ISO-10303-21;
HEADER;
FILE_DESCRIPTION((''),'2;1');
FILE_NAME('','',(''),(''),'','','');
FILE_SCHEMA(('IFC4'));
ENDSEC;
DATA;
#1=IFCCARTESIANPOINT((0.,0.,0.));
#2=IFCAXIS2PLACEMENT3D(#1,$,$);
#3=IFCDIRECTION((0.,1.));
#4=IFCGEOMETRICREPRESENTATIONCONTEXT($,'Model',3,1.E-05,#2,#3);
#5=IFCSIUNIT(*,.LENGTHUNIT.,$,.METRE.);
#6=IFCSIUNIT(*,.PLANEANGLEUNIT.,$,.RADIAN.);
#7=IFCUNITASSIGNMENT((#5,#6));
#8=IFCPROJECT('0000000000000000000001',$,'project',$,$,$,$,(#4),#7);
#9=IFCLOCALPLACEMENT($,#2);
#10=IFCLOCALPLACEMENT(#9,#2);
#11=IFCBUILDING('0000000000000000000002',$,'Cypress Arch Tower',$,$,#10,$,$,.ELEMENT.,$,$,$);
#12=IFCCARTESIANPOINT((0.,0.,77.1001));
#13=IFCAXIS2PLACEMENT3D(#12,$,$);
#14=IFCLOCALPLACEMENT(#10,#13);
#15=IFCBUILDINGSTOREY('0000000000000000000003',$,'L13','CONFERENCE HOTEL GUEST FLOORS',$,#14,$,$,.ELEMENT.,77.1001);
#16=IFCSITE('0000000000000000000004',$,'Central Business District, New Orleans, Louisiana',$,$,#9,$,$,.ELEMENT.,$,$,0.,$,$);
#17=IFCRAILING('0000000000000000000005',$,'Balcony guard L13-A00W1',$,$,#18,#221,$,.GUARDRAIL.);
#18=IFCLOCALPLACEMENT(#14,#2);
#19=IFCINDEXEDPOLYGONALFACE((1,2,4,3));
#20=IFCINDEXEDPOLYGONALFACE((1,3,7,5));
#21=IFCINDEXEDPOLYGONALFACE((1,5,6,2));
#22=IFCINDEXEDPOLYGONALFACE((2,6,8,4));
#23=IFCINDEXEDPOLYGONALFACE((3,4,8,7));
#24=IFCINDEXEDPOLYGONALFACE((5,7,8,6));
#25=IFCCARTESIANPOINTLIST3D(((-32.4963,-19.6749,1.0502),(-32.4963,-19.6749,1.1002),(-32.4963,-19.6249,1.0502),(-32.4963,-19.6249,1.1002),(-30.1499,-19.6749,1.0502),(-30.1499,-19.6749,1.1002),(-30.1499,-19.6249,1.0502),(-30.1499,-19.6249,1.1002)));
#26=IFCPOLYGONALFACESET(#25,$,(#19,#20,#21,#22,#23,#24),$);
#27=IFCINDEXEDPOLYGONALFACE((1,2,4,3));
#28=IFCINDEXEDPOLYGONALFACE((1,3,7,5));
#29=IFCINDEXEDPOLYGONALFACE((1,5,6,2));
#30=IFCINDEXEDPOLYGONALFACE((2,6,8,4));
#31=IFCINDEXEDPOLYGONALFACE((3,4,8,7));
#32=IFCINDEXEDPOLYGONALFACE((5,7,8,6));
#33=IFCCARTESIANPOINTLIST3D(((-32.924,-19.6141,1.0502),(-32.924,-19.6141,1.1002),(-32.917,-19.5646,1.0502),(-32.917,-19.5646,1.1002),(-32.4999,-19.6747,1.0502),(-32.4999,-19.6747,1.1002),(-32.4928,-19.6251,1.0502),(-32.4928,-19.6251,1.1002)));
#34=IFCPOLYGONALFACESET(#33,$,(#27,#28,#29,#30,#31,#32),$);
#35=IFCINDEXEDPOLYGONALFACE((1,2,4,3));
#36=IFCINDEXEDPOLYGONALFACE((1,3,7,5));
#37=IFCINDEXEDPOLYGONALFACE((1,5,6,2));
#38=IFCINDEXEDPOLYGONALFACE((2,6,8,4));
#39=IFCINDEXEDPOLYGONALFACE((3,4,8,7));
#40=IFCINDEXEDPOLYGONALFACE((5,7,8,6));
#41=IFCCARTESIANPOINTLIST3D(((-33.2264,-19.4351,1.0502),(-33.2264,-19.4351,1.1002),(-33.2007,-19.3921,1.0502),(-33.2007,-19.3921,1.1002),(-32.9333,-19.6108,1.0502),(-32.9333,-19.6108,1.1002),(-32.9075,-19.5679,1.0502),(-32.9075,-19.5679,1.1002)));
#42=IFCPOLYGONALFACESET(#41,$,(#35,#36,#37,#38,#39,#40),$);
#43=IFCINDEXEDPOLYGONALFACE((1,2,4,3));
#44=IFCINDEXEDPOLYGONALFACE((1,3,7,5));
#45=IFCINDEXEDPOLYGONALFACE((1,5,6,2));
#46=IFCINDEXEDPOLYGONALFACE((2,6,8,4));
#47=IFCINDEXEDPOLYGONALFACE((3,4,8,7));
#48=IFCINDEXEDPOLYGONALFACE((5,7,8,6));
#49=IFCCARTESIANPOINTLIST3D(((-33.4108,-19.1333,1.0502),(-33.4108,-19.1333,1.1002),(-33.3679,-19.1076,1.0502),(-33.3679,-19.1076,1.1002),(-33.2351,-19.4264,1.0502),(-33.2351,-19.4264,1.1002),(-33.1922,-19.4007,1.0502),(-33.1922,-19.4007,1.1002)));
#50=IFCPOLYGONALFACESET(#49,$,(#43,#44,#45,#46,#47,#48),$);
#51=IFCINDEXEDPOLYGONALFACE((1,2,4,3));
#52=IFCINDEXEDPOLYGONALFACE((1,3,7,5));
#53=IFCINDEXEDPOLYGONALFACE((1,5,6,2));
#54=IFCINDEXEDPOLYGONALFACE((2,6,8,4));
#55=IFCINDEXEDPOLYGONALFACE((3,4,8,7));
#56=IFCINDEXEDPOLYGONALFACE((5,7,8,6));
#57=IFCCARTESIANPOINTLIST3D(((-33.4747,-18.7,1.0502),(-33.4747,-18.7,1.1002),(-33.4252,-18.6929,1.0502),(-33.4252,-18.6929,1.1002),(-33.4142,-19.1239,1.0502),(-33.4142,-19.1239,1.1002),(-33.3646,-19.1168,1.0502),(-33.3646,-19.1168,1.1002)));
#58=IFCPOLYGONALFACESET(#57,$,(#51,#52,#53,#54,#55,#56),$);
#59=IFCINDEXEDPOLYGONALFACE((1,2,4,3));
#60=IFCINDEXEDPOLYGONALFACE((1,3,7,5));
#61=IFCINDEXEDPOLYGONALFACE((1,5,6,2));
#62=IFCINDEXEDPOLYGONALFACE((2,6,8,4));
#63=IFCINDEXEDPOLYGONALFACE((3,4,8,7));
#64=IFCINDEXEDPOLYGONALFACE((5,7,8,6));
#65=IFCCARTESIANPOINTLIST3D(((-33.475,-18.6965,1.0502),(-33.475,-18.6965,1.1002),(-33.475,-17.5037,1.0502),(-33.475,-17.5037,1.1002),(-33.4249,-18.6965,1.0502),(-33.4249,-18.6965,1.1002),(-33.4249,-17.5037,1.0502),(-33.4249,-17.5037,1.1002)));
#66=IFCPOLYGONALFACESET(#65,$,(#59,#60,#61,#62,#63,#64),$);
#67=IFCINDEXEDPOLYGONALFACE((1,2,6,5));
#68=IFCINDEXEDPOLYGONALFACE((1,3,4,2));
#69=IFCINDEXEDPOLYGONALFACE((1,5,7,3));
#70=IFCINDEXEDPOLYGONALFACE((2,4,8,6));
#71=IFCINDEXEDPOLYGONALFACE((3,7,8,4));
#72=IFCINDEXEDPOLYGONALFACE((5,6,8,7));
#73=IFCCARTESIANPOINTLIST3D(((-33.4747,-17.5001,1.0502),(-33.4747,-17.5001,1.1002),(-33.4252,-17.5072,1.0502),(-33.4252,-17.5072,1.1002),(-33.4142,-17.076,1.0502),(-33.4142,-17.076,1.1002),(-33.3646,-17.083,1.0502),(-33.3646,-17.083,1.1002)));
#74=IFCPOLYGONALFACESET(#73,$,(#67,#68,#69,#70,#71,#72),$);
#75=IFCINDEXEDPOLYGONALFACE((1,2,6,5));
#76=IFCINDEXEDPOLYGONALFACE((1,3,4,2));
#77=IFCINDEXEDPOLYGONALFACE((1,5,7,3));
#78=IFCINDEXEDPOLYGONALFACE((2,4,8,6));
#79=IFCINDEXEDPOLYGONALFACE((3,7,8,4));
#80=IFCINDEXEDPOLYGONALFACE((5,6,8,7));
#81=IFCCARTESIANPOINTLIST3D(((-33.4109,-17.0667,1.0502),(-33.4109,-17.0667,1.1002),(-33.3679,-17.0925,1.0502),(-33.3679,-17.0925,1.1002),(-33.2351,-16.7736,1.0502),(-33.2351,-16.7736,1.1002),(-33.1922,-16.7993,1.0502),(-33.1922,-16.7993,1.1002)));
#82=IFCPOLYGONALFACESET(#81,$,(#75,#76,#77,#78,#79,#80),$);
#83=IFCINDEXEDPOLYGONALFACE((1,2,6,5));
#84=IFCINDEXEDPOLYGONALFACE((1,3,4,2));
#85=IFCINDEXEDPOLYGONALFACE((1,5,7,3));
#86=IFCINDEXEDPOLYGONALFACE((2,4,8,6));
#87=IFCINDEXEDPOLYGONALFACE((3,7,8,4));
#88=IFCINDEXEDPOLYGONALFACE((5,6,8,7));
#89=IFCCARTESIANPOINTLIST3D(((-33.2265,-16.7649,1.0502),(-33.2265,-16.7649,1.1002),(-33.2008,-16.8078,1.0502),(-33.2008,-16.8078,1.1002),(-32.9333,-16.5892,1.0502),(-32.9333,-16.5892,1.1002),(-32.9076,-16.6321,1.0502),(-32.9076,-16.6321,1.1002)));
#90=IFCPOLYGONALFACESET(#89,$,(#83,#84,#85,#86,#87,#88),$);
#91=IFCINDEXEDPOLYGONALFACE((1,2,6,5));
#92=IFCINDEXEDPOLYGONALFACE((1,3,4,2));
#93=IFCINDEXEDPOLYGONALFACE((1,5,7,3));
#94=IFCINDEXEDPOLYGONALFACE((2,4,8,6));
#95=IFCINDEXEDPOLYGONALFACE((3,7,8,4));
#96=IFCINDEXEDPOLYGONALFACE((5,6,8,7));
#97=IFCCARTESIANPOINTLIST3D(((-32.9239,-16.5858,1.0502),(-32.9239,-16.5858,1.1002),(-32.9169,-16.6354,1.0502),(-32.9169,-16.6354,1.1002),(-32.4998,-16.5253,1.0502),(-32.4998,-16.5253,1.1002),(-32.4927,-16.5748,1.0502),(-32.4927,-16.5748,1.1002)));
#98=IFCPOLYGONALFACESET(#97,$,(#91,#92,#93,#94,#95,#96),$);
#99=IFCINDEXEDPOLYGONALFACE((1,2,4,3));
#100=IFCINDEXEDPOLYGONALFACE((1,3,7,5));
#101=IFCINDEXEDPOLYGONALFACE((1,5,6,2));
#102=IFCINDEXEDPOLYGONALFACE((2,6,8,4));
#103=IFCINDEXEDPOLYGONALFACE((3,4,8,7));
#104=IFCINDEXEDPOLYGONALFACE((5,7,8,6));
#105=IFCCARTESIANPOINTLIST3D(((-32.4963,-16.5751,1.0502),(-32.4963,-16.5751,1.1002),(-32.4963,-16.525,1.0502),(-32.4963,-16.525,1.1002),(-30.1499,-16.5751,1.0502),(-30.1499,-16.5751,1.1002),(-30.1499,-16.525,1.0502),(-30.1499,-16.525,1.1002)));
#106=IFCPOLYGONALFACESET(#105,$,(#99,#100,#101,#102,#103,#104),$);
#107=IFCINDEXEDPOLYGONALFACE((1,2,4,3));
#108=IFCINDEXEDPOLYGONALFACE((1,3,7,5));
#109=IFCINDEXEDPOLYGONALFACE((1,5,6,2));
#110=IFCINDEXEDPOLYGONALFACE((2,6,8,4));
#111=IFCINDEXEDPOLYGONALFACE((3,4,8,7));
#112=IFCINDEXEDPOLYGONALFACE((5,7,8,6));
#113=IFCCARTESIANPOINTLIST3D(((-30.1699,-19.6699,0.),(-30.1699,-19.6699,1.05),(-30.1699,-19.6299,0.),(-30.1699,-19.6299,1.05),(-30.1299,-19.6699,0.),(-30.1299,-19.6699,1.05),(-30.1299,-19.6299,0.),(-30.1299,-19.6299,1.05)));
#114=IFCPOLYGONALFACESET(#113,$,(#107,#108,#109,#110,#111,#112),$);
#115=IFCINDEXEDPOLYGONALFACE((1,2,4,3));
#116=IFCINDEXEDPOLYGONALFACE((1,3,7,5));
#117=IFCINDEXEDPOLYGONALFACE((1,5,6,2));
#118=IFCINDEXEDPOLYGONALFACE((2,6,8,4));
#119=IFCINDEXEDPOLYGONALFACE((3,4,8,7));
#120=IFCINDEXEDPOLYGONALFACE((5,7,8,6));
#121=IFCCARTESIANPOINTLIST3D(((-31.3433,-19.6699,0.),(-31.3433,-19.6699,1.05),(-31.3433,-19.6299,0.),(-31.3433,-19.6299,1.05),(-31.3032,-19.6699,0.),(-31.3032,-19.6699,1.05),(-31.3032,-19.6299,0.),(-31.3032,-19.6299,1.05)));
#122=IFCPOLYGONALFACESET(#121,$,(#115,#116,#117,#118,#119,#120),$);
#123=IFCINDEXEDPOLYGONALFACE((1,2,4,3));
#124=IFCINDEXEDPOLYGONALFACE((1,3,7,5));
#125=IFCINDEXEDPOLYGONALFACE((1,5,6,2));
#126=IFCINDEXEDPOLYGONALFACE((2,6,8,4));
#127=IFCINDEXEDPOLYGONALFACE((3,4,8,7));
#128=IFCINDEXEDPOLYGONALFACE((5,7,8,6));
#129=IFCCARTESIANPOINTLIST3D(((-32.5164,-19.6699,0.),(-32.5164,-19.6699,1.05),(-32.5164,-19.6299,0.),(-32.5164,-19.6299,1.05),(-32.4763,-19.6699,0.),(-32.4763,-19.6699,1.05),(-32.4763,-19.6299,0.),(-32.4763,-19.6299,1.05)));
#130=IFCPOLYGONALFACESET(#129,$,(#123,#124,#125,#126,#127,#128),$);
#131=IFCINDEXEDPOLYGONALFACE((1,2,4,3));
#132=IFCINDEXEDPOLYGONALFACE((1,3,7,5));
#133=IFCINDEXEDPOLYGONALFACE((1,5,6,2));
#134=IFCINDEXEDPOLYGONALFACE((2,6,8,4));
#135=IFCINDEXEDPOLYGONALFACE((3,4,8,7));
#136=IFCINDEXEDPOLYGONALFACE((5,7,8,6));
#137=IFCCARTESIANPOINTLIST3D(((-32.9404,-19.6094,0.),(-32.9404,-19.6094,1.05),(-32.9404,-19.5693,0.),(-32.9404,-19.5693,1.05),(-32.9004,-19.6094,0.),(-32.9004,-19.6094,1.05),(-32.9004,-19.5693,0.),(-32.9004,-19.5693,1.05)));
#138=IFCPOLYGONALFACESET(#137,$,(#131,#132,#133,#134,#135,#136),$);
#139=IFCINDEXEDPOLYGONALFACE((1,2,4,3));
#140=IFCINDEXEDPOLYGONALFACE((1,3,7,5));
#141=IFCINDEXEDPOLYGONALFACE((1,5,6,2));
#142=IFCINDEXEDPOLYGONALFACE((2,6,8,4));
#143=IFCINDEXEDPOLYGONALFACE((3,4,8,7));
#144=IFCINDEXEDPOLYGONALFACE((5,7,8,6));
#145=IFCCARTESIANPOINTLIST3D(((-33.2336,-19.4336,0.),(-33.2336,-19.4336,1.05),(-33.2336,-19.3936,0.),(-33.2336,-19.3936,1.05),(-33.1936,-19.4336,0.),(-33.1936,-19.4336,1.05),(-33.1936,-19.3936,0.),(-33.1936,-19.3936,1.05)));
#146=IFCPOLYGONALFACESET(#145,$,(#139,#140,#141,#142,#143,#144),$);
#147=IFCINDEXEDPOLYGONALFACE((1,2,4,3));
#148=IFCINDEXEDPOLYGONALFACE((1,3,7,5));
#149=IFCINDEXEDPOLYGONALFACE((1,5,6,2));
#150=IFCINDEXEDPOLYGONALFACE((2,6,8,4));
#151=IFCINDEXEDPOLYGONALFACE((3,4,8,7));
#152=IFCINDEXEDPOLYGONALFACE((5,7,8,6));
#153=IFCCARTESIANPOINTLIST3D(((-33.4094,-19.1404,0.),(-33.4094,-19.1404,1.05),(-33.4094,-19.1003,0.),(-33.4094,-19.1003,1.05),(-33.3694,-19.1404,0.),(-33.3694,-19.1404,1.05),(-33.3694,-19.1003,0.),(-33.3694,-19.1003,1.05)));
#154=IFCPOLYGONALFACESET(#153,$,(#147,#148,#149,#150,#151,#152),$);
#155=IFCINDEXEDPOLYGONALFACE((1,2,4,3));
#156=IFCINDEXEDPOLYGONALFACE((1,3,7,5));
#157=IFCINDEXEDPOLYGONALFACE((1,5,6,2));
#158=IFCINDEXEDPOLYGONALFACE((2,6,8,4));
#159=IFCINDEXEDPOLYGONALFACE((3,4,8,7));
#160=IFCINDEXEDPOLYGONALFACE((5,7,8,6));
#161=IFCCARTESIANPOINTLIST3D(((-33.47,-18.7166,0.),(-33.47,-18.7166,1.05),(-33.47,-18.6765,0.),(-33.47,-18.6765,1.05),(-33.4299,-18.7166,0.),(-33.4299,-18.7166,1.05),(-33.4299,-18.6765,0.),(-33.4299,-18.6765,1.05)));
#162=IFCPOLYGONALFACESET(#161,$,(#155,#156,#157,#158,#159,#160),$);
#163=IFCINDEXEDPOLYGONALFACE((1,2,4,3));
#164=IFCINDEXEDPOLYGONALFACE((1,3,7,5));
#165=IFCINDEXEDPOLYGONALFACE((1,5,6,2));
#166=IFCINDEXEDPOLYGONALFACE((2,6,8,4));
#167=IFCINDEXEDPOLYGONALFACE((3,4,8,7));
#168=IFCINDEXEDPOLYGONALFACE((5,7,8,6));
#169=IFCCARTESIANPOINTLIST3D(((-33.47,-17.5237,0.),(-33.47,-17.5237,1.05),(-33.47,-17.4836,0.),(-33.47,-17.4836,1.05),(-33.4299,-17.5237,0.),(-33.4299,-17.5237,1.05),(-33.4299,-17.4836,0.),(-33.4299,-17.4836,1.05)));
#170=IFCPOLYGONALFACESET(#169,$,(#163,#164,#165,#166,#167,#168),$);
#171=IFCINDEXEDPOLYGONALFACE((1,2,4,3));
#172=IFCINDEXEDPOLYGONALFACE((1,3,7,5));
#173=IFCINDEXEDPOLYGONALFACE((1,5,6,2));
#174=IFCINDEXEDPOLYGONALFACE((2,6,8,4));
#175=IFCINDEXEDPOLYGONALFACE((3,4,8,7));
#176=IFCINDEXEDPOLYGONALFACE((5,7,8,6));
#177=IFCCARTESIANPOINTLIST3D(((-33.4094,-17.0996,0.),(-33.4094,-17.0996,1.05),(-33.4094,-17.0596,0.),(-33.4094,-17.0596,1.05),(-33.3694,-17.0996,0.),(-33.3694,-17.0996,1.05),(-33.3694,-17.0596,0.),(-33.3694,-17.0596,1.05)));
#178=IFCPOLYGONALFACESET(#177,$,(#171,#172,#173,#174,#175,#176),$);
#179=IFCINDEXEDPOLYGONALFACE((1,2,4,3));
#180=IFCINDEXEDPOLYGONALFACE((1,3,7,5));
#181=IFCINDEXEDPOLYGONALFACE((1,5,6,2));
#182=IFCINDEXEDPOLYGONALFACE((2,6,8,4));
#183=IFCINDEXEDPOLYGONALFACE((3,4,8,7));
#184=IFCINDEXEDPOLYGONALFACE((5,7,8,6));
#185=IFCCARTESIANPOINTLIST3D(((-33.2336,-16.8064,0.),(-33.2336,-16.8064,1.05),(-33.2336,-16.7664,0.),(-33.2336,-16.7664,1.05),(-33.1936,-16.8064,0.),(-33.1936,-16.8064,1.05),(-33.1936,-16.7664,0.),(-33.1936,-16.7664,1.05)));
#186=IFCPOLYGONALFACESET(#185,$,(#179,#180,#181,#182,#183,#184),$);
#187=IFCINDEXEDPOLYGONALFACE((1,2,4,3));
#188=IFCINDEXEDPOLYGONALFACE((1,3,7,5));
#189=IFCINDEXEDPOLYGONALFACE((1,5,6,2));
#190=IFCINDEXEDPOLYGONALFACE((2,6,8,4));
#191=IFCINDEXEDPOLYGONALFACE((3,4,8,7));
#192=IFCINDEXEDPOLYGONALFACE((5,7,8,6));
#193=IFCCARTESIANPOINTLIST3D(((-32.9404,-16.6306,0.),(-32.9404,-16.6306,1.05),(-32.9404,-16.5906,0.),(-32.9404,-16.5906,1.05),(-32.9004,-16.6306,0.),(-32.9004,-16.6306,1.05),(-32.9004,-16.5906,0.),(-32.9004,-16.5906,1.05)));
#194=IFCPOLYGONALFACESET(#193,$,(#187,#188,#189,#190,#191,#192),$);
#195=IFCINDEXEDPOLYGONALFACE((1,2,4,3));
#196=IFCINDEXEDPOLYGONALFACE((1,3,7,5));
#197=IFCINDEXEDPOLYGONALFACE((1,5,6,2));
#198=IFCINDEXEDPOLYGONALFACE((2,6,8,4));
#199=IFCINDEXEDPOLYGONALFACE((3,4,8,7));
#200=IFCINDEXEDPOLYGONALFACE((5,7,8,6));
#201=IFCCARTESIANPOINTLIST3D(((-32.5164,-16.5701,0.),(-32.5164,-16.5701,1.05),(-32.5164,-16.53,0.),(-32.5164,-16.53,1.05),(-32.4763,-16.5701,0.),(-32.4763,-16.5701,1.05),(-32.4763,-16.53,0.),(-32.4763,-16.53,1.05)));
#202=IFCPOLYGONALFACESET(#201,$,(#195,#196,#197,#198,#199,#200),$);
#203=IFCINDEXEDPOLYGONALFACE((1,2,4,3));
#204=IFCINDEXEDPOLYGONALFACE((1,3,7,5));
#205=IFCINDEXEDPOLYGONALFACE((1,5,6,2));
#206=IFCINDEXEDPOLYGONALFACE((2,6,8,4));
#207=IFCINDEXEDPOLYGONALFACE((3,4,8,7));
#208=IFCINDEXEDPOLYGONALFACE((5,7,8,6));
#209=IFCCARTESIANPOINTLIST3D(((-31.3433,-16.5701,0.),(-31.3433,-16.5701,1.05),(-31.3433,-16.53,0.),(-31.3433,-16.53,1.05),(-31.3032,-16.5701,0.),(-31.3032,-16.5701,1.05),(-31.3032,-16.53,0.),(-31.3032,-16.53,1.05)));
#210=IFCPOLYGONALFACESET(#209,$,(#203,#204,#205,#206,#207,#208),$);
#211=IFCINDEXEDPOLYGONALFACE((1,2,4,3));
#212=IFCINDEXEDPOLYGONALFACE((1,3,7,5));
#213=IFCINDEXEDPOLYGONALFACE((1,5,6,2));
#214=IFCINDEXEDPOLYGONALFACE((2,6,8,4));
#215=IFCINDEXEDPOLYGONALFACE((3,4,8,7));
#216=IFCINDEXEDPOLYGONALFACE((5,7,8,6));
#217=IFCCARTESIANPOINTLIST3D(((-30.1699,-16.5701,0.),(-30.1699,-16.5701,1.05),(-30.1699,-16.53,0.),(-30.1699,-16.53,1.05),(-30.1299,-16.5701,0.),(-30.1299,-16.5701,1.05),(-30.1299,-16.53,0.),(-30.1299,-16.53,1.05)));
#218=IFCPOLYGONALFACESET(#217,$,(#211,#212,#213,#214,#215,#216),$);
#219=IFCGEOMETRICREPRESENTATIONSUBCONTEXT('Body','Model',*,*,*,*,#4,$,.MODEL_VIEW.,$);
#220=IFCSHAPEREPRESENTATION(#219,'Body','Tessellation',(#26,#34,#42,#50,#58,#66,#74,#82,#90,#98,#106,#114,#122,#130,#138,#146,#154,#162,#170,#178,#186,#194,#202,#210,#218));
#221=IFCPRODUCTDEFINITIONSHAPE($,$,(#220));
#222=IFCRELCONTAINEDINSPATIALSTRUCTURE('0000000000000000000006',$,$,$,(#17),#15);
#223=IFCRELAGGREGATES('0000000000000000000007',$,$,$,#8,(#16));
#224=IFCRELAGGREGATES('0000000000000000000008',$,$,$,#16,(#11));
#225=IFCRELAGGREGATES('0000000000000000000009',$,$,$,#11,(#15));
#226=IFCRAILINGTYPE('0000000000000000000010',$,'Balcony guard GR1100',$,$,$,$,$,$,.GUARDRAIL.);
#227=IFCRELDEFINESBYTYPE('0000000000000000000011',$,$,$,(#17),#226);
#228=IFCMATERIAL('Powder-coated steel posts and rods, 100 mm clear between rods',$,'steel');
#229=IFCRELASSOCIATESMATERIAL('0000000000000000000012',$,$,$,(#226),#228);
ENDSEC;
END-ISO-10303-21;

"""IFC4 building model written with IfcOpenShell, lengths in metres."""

from ifc_helpers import new_model, si_unit, direction, frame, origin, origin_2d, place, context, subcontext, project, spatial, rectangle, extrude, material, type_object, element, save


model = new_model("IFC4")

# Units and contexts
model_context = context("Model", 3, precision=1e-05, world=origin(), true_north=direction((0.0, 1.0)))
body_context = subcontext(model_context, "Body", "Model", "MODEL_VIEW")
ifc_project = project(units=[si_unit("LENGTHUNIT", "METRE"), si_unit("PLANEANGLEUNIT", "RADIAN")], contexts=[model_context])

# Site, building, storey
site_placement = place(None, origin())
site = spatial("IfcSite", under=ifc_project, at=site_placement, Name="Central Business District, New Orleans, Louisiana", CompositionType="ELEMENT", RefElevation=0.0)
building_placement = place(site_placement, origin())
building = spatial("IfcBuilding", under=site, at=building_placement, Name="Cypress Arch Tower", CompositionType="ELEMENT")
storey_placement = place(building_placement, frame((0.0, 0.0, 77.1001)))
storey = spatial("IfcBuildingStorey", under=building, at=storey_placement, Name="L13", Description="CONFERENCE HOTEL GUEST FLOORS", CompositionType="ELEMENT", Elevation=77.1001)

# Railing
ifc_material_1 = material(Name="Powder-coated steel posts and rods, 100 mm clear between rods", Category="steel")
railing_type = type_object("IfcRailingType", Name="Balcony guard GR1100", PredefinedType="GUARDRAIL", material=ifc_material_1)
railing_placement = place(storey_placement, frame((-30.1499, -19.6499, 0.0)))
element("IfcRailing", 1, at=railing_placement, inside=storey, type_object=railing_type, Name="Balcony guard L13-A00W1", PredefinedType="GUARDRAIL", context=body_context, shape_type="SweptSolid", body=[
    extrude(rectangle(XDim=0.05, YDim=0.05, at=origin_2d()), frame((0.0, 0.0, 1.0752), z_axis=(-1.0, 0.0, 0.0), x_axis=(0.0, -1.0, 0.0)), (0.0, 0.0, 1.0), 2.3464),
    extrude(rectangle(XDim=0.05, YDim=0.05, at=origin_2d()), frame((-2.3464, 0.0, 1.0752), z_axis=(-0.989961, 0.141342, 0.0), x_axis=(-0.141342, -0.989961, 0.0)), (0.0, 0.0, 1.0), 0.4285),
    extrude(rectangle(XDim=0.05, YDim=0.05, at=origin_2d()), frame((-2.7705, 0.0605, 1.0752), z_axis=(-0.857682, 0.514181, 0.0), x_axis=(-0.514181, -0.857682, 0.0)), (0.0, 0.0, 1.0), 0.3418),
    extrude(rectangle(XDim=0.05, YDim=0.05, at=origin_2d()), frame((-3.0637, 0.2363, 1.0752), z_axis=(-0.514181, 0.857682, 0.0), x_axis=(-0.857682, -0.514181, 0.0)), (0.0, 0.0, 1.0), 0.3418),
    extrude(rectangle(XDim=0.05, YDim=0.05, at=origin_2d()), frame((-3.2395, 0.5295, 1.0752), z_axis=(-0.141421, 0.989949, 0.0), x_axis=(-0.989949, -0.141421, 0.0)), (0.0, 0.0, 1.0), 0.4282),
    extrude(rectangle(XDim=0.05, YDim=0.05, at=origin_2d()), frame((-3.3, 0.9534, 1.0752), z_axis=(0.0, 1.0, 0.0), x_axis=(-1.0, 0.0, 0.0)), (0.0, 0.0, 1.0), 1.1929),
    extrude(rectangle(XDim=0.05, YDim=0.05, at=origin_2d()), frame((-3.3, 2.1462, 1.0752), z_axis=(0.141342, 0.989961, 0.0), x_axis=(-0.989961, 0.141342, 0.0)), (0.0, 0.0, 1.0), 0.4285),
    extrude(rectangle(XDim=0.05, YDim=0.05, at=origin_2d()), frame((-3.2395, 2.5703, 1.0752), z_axis=(0.514181, 0.857682, 0.0), x_axis=(-0.857682, 0.514181, 0.0)), (0.0, 0.0, 1.0), 0.3418),
    extrude(rectangle(XDim=0.05, YDim=0.05, at=origin_2d()), frame((-3.0637, 2.8635, 1.0752), z_axis=(0.857682, 0.514181, 0.0), x_axis=(-0.514181, 0.857682, 0.0)), (0.0, 0.0, 1.0), 0.3418),
    extrude(rectangle(XDim=0.05, YDim=0.05, at=origin_2d()), frame((-2.7705, 3.0393, 1.0752), z_axis=(0.989961, 0.141342, 0.0), x_axis=(-0.141342, 0.989961, 0.0)), (0.0, 0.0, 1.0), 0.4285),
    extrude(rectangle(XDim=0.05, YDim=0.05, at=origin_2d()), frame((-2.3464, 3.0999, 1.0752), z_axis=(1.0, 0.0, 0.0), x_axis=(0.0, 1.0, 0.0)), (0.0, 0.0, 1.0), 2.3464),
    extrude(rectangle(XDim=0.04, YDim=0.04, at=origin_2d()), origin(), (0.0, 0.0, 1.0), 1.05),
    extrude(rectangle(XDim=0.04, YDim=0.04, at=origin_2d()), frame((-1.1733, 0.0, 0.0)), (0.0, 0.0, 1.0), 1.05),
    extrude(rectangle(XDim=0.04, YDim=0.04, at=origin_2d()), frame((-2.3464, 0.0, 0.0)), (0.0, 0.0, 1.0), 1.05),
    extrude(rectangle(XDim=0.04, YDim=0.04, at=origin_2d()), frame((-2.7705, 0.0605, 0.0)), (0.0, 0.0, 1.0), 1.05),
    extrude(rectangle(XDim=0.04, YDim=0.04, at=origin_2d()), frame((-3.0637, 0.2363, 0.0)), (0.0, 0.0, 1.0), 1.05),
    extrude(rectangle(XDim=0.04, YDim=0.04, at=origin_2d()), frame((-3.2395, 0.5295, 0.0)), (0.0, 0.0, 1.0), 1.05),
    extrude(rectangle(XDim=0.04, YDim=0.04, at=origin_2d()), frame((-3.3, 0.9534, 0.0)), (0.0, 0.0, 1.0), 1.05),
    extrude(rectangle(XDim=0.04, YDim=0.04, at=origin_2d()), frame((-3.3, 2.1462, 0.0)), (0.0, 0.0, 1.0), 1.05),
    extrude(rectangle(XDim=0.04, YDim=0.04, at=origin_2d()), frame((-3.2395, 2.5703, 0.0)), (0.0, 0.0, 1.0), 1.05),
    extrude(rectangle(XDim=0.04, YDim=0.04, at=origin_2d()), frame((-3.0637, 2.8635, 0.0)), (0.0, 0.0, 1.0), 1.05),
    extrude(rectangle(XDim=0.04, YDim=0.04, at=origin_2d()), frame((-2.7705, 3.0393, 0.0)), (0.0, 0.0, 1.0), 1.05),
    extrude(rectangle(XDim=0.04, YDim=0.04, at=origin_2d()), frame((-2.3464, 3.0999, 0.0)), (0.0, 0.0, 1.0), 1.05),
    extrude(rectangle(XDim=0.04, YDim=0.04, at=origin_2d()), frame((-1.1733, 3.0999, 0.0)), (0.0, 0.0, 1.0), 1.05),
    extrude(rectangle(XDim=0.04, YDim=0.04, at=origin_2d()), frame((0.0, 3.0999, 0.0)), (0.0, 0.0, 1.0), 1.05),
])

save(model, "model.ifc")
